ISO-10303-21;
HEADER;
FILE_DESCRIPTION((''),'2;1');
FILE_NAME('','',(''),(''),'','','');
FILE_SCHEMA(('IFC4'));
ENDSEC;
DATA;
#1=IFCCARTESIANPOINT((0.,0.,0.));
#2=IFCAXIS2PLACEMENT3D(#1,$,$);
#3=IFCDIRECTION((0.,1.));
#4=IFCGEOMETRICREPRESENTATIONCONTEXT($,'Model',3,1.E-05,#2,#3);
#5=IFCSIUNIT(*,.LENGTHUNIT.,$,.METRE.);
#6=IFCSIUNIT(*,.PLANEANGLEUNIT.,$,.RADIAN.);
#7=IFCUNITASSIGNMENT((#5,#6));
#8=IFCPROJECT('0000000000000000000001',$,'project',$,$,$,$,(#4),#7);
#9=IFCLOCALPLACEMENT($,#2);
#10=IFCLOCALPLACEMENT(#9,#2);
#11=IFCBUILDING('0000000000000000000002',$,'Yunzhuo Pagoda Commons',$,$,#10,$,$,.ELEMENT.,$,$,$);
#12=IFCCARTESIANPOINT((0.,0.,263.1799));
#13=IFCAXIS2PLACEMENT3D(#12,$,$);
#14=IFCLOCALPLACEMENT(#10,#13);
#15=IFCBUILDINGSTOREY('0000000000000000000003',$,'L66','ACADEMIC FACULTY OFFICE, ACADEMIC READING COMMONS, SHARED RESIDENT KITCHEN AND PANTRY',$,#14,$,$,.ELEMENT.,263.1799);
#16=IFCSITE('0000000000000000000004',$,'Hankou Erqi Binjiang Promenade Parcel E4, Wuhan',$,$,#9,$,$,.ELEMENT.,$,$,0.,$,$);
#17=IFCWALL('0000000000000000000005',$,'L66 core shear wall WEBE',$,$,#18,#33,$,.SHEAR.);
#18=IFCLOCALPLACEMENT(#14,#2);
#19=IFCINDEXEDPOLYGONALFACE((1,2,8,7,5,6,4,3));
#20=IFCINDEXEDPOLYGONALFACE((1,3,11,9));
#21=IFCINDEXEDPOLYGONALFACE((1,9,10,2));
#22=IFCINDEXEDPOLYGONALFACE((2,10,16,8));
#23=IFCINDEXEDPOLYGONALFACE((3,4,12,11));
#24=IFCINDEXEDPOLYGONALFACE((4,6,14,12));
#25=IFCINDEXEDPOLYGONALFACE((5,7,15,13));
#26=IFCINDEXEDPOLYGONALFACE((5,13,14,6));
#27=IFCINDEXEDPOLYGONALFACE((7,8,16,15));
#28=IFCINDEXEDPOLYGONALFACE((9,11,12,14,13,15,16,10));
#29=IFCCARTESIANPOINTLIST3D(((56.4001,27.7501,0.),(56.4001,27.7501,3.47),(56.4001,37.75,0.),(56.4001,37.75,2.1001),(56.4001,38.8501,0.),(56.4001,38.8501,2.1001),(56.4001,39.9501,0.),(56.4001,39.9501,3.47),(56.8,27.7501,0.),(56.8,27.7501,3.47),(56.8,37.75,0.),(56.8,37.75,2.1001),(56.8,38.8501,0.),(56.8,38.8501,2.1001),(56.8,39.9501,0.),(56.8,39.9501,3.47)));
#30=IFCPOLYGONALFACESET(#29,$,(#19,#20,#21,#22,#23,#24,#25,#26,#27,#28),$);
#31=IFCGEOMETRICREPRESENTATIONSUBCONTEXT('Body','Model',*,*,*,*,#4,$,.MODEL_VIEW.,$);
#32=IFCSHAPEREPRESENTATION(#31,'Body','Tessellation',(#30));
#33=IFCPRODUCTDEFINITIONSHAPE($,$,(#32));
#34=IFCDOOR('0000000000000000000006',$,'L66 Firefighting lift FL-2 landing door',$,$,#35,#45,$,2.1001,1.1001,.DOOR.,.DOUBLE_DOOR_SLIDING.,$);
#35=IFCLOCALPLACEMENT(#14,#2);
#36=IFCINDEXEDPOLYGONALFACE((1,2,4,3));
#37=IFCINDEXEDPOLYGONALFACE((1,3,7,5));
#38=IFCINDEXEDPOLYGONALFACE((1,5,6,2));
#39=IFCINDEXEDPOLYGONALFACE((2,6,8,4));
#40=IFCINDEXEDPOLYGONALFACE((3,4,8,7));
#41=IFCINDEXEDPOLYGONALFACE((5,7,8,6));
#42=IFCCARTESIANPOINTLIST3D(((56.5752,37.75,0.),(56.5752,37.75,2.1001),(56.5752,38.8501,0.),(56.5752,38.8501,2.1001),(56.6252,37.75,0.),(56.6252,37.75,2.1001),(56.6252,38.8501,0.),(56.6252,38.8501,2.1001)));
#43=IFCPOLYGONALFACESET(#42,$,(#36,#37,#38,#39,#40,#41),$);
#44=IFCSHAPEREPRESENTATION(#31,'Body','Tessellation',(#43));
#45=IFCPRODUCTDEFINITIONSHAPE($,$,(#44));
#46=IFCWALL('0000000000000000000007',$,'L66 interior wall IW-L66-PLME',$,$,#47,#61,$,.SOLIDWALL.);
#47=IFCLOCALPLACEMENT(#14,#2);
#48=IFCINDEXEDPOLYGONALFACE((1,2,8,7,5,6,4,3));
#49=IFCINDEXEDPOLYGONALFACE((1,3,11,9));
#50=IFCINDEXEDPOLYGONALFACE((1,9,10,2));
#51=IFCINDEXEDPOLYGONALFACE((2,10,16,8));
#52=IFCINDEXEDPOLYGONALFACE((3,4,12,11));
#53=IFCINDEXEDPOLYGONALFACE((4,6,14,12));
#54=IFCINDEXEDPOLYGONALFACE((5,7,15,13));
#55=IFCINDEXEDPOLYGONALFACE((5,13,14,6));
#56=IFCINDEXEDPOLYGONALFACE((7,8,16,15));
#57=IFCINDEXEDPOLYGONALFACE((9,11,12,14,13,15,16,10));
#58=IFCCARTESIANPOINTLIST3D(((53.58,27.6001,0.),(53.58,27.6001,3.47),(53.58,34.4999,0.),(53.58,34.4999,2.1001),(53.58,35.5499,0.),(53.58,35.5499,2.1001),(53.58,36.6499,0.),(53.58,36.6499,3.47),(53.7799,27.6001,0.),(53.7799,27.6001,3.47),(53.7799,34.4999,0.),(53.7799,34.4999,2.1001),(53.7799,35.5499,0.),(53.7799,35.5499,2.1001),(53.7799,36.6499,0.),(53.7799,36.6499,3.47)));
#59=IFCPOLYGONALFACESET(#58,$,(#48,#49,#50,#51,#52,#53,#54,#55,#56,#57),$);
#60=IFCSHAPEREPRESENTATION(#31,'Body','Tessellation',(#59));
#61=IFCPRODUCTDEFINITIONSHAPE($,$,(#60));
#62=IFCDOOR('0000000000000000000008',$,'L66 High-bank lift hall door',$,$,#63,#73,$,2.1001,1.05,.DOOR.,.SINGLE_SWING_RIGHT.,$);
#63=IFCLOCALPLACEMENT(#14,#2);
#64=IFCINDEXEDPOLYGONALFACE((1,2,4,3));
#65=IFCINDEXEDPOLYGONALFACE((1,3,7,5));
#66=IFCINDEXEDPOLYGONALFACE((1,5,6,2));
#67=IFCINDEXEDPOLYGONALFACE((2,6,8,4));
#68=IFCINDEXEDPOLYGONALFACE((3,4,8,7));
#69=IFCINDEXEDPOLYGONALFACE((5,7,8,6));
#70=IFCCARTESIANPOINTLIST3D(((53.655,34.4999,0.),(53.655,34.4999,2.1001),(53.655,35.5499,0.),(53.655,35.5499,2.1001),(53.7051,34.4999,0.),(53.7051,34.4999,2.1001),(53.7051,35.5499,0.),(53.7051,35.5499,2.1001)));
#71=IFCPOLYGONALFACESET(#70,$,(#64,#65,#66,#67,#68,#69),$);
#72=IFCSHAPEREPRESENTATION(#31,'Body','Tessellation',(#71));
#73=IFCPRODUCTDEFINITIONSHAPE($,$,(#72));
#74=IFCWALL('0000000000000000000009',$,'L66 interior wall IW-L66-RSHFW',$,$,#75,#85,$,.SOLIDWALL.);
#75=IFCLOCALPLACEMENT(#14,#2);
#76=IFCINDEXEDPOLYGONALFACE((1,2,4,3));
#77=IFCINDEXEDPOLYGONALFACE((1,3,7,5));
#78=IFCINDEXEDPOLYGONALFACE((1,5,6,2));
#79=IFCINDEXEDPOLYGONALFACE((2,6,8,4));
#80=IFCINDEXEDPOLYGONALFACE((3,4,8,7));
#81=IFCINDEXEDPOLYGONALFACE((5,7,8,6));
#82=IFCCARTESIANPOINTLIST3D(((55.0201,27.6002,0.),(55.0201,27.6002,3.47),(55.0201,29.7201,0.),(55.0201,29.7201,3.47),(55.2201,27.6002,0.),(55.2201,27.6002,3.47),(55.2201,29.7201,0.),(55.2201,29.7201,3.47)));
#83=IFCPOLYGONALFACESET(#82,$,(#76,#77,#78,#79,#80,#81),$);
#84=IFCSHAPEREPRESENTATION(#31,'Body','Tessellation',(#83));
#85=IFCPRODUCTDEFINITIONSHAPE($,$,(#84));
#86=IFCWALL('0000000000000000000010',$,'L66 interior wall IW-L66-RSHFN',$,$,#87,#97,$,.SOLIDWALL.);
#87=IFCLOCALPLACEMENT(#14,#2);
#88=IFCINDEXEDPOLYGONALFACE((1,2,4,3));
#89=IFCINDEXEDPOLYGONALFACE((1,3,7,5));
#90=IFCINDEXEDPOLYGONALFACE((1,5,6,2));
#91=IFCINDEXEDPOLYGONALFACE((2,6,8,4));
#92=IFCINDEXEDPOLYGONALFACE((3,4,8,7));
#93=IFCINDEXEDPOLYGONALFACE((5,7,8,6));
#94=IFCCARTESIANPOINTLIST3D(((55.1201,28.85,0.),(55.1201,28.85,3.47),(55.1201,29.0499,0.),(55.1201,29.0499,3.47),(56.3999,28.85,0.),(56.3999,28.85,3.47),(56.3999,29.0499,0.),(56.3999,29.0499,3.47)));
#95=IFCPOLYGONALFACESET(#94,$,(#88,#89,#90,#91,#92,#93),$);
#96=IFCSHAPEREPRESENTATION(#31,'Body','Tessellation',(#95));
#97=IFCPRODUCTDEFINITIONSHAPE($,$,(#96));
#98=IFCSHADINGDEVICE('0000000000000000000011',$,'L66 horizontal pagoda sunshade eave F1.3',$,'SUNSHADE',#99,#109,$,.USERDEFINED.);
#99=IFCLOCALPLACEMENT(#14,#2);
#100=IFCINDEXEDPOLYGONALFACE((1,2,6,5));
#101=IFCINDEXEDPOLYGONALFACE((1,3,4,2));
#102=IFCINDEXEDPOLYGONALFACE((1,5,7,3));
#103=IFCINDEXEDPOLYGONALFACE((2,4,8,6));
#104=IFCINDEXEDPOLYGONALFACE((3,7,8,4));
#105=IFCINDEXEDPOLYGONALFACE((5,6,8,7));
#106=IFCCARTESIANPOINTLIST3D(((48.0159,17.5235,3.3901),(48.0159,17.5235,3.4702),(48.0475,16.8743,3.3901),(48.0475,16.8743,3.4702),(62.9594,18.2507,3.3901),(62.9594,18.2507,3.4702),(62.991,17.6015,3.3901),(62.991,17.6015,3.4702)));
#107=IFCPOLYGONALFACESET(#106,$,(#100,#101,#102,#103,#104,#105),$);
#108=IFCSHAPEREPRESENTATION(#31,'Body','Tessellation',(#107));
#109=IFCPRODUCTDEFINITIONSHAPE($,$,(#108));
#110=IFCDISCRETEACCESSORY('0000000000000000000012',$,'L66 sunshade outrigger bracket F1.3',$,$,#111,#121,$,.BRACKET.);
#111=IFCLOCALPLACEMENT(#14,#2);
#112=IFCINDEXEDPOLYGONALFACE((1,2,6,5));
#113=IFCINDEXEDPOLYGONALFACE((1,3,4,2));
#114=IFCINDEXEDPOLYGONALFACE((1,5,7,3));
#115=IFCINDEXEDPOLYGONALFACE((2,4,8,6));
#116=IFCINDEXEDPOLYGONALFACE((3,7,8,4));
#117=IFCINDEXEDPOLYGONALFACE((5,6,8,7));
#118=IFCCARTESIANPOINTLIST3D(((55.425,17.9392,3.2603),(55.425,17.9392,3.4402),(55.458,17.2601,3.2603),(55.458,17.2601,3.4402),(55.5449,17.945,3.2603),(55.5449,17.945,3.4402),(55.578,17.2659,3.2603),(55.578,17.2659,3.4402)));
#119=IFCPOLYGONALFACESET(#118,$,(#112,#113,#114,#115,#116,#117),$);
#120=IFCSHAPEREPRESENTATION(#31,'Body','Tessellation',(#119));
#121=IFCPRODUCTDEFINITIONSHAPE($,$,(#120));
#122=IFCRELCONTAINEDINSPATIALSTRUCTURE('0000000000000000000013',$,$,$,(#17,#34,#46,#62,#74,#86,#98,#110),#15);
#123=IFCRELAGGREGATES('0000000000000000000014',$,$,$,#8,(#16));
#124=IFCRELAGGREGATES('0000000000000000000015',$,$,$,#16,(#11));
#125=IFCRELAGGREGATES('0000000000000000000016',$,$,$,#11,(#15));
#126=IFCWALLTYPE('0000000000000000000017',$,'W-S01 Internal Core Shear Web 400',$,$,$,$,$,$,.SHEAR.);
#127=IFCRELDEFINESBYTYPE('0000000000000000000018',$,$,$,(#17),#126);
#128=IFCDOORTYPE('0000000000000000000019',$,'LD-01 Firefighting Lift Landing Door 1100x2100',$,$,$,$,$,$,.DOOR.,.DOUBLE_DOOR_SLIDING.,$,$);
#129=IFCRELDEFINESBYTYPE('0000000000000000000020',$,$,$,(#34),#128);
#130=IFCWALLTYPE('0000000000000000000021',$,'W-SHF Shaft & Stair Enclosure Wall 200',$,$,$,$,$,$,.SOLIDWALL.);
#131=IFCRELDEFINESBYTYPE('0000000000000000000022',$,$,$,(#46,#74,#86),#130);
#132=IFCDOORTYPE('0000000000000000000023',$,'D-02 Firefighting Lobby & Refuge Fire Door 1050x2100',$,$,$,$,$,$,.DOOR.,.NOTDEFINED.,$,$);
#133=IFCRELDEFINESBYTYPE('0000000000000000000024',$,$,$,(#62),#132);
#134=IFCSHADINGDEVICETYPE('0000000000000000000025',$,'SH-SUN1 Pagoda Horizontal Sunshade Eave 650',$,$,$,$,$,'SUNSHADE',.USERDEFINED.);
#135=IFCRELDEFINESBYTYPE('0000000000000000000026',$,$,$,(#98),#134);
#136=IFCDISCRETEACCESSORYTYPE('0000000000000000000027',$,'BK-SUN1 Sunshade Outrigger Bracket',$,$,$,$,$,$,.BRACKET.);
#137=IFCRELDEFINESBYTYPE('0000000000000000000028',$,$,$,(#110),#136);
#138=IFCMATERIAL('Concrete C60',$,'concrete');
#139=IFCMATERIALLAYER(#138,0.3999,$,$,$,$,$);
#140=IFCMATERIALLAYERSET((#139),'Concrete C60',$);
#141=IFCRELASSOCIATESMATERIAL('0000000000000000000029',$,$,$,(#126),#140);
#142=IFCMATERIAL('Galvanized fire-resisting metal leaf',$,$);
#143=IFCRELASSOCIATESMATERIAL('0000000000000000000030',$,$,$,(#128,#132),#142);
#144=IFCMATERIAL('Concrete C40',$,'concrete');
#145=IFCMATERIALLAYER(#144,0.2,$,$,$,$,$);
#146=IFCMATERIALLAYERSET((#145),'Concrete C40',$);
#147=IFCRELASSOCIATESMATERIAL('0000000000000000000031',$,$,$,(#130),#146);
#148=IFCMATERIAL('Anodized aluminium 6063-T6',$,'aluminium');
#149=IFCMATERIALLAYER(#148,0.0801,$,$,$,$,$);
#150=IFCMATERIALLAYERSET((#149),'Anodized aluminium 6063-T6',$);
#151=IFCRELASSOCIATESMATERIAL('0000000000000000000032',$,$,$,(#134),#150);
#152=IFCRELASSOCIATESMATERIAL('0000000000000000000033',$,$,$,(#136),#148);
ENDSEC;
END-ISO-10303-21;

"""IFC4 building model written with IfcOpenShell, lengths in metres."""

from ifc_helpers import new_model, si_unit, direction, frame, frame_2d, origin, origin_with_axes, origin_2d, place, context, subcontext, project, spatial, rectangle, extrude, source, transform, mapped, material, layer, layer_set, type_object, element, fill, save


model = new_model("IFC4")

# Units and contexts
model_context = context("Model", 3, precision=1e-05, world=origin(), true_north=direction((0.0, 1.0)))
body_context = subcontext(model_context, "Body", "Model", "MODEL_VIEW")
ifc_project = project(units=[si_unit("LENGTHUNIT", "METRE"), si_unit("PLANEANGLEUNIT", "RADIAN")], contexts=[model_context])

# Site, building, storey
site_placement = place(None, origin())
site = spatial("IfcSite", under=ifc_project, at=site_placement, Name="Hankou Erqi Binjiang Promenade Parcel E4, Wuhan", CompositionType="ELEMENT", RefElevation=0.0)
building_placement = place(site_placement, origin())
building = spatial("IfcBuilding", under=site, at=building_placement, Name="Yunzhuo Pagoda Commons", CompositionType="ELEMENT")
storey_placement = place(building_placement, frame((0.0, 0.0, 263.1799)))
storey = spatial("IfcBuildingStorey", under=building, at=storey_placement, Name="L66", Description="ACADEMIC FACULTY OFFICE, ACADEMIC READING COMMONS, SHARED RESIDENT KITCHEN AND PANTRY", CompositionType="ELEMENT", Elevation=263.1799)

# Shared definitions
ifc_material_1 = material(Name="Anodized aluminium 6063-T6", Category="aluminium")

# Shared definitions
ifc_material_2 = material(Name="Galvanized fire-resisting metal leaf")

# Walls, openings, doors
ifc_material_3 = material(Name="Concrete C60", Category="concrete")
ifc_layer_1 = layer(ifc_material_3, 0.3999)
ifc_layer_set_1 = layer_set([ifc_layer_1], Name="Concrete C60")
wall_type_1 = type_object("IfcWallType", Name="W-S01 Internal Core Shear Web 400", PredefinedType="SHEAR", material=ifc_layer_set_1)
wall_1_placement = place(storey_placement, frame((56.6001, 27.75, 0.0), z_axis=(0.0, 0.0, 1.0), x_axis=(0.0, 1.0, 0.0)))
wall_1 = element("IfcWall", 1, at=wall_1_placement, inside=storey, type_object=wall_type_1, Name="L66 core shear wall WEBE", PredefinedType="SHEAR", context=body_context, shape_type="SweptSolid", body=[
    extrude(rectangle(XDim=12.2, YDim=0.3999, at=frame_2d((6.1001, 0.0))), origin(), (0.0, 0.0, 1.0), 3.47),
])
opening_1_placement = place(wall_1_placement, frame((10.0, 0.0, 0.0)))
opening_1 = element("IfcOpeningElement", 2, at=opening_1_placement, cuts=wall_1, PredefinedType="OPENING", context=body_context, shape_type="SweptSolid", body=[
    extrude(rectangle(XDim=1.1001, YDim=2.1001, at=frame_2d((0.55, 1.05))), frame((0.0, 0.21, 0.0), z_axis=(0.0, -1.0, 0.0), x_axis=(1.0, 0.0, 0.0)), (0.0, 0.0, 1.0), 0.4199),
])
door_type_1 = type_object("IfcDoorType", Name="LD-01 Firefighting Lift Landing Door 1100x2100", OperationType="DOUBLE_DOOR_SLIDING", PredefinedType="DOOR", material=ifc_material_2)
shared_shape_1 = source(origin(), body_context, "Body", "SweptSolid", [
    extrude(rectangle(XDim=1.1001, YDim=2.1001, at=frame_2d((0.55, 1.05))), frame((0.0, 0.0249, 0.0), z_axis=(0.0, -1.0, 0.0), x_axis=(1.0, 0.0, 0.0)), (0.0, 0.0, 1.0), 0.05),
])
door_1_placement = place(opening_1_placement, origin_with_axes())
door_1 = element("IfcDoor", 3, at=door_1_placement, inside=storey, type_object=door_type_1, Name="L66 Firefighting lift FL-2 landing door", OperationType="DOUBLE_DOOR_SLIDING", OverallHeight=2.1001, OverallWidth=1.1001, PredefinedType="DOOR", context=body_context, shape_type="MappedRepresentation", body=[
    mapped(shared_shape_1, transform((0.0, 0.0, 0.0), scale=1.0)),
])
fill(opening_1, door_1)
ifc_material_4 = material(Name="Concrete C40", Category="concrete")
ifc_layer_2 = layer(ifc_material_4, 0.2)
ifc_layer_set_2 = layer_set([ifc_layer_2], Name="Concrete C40")
wall_type_2 = type_object("IfcWallType", Name="W-SHF Shaft & Stair Enclosure Wall 200", PredefinedType="SOLIDWALL", material=ifc_layer_set_2)
wall_2_placement = place(storey_placement, frame((53.6799, 27.6001, 0.0), z_axis=(0.0, 0.0, 1.0), x_axis=(0.0, 1.0, 0.0)))
wall_2 = element("IfcWall", 4, at=wall_2_placement, inside=storey, type_object=wall_type_2, Name="L66 interior wall IW-L66-PLME", PredefinedType="SOLIDWALL", context=body_context, shape_type="SweptSolid", body=[
    extrude(rectangle(XDim=9.0498, YDim=0.2, at=frame_2d((4.5249, 0.0))), origin(), (0.0, 0.0, 1.0), 3.47),
])
opening_2_placement = place(wall_2_placement, frame((6.8999, 0.0, 0.0)))
opening_2 = element("IfcOpeningElement", 5, at=opening_2_placement, cuts=wall_2, PredefinedType="OPENING", context=body_context, shape_type="SweptSolid", body=[
    extrude(rectangle(XDim=1.05, YDim=2.1001, at=frame_2d((0.5249, 1.05))), frame((0.0, 0.1099, 0.0), z_axis=(0.0, -1.0, 0.0), x_axis=(1.0, 0.0, 0.0)), (0.0, 0.0, 1.0), 0.22),
])
door_type_2 = type_object("IfcDoorType", Name="D-02 Firefighting Lobby & Refuge Fire Door 1050x2100", OperationType="NOTDEFINED", PredefinedType="DOOR", material=ifc_material_2)
shared_shape_2 = source(origin(), body_context, "Body", "SweptSolid", [
    extrude(rectangle(XDim=1.05, YDim=2.1001, at=frame_2d((0.5249, 1.05))), frame((0.0, 0.0249, 0.0), z_axis=(0.0, -1.0, 0.0), x_axis=(1.0, 0.0, 0.0)), (0.0, 0.0, 1.0), 0.05),
])
door_2_placement = place(opening_2_placement, origin_with_axes())
door_2 = element("IfcDoor", 6, at=door_2_placement, inside=storey, type_object=door_type_2, Name="L66 High-bank lift hall door", OperationType="SINGLE_SWING_RIGHT", OverallHeight=2.1001, OverallWidth=1.05, PredefinedType="DOOR", context=body_context, shape_type="MappedRepresentation", body=[
    mapped(shared_shape_2, transform((0.0, 0.0, 0.0), scale=1.0)),
])
fill(opening_2, door_2)

# Walls
wall_3_placement = place(storey_placement, frame((55.1201, 27.6001, 0.0), z_axis=(0.0, 0.0, 1.0), x_axis=(0.0, 1.0, 0.0)))
element("IfcWall", 7, at=wall_3_placement, inside=storey, type_object=wall_type_2, Name="L66 interior wall IW-L66-RSHFW", PredefinedType="SOLIDWALL", context=body_context, shape_type="SweptSolid", body=[
    extrude(rectangle(XDim=2.1199, YDim=0.2, at=frame_2d((1.0601, 0.0))), origin(), (0.0, 0.0, 1.0), 3.47),
])
wall_4_placement = place(storey_placement, frame((55.1201, 28.95, 0.0), z_axis=(0.0, 0.0, 1.0), x_axis=(1.0, 0.0, 0.0)))
element("IfcWall", 8, at=wall_4_placement, inside=storey, type_object=wall_type_2, Name="L66 interior wall IW-L66-RSHFN", PredefinedType="SOLIDWALL", context=body_context, shape_type="SweptSolid", body=[
    extrude(rectangle(XDim=1.2798, YDim=0.2, at=frame_2d((0.6399, 0.0))), origin(), (0.0, 0.0, 1.0), 3.47),
])

# Shading device
ifc_layer_3 = layer(ifc_material_1, 0.0801)
ifc_layer_set_3 = layer_set([ifc_layer_3], Name="Anodized aluminium 6063-T6")
shading_device_type = type_object("IfcShadingDeviceType", Name="SH-SUN1 Pagoda Horizontal Sunshade Eave 650", ElementType="SUNSHADE", PredefinedType="USERDEFINED", material=ifc_layer_set_3)
shared_shape_3 = source(origin(), body_context, "Body", "SweptSolid", [
    extrude(rectangle(XDim=14.9612, YDim=0.6499, at=origin_2d()), origin(), (0.0, 0.0, 1.0), 0.0801),
])
shading_device_placement = place(storey_placement, frame((55.5034, 17.5625, 3.3901), z_axis=(0.0, 0.0, 1.0), x_axis=(0.998818, 0.048606, 0.0)))
element("IfcShadingDevice", 9, at=shading_device_placement, inside=storey, type_object=shading_device_type, Name="L66 horizontal pagoda sunshade eave F1.3", ObjectType="SUNSHADE", PredefinedType="USERDEFINED", context=body_context, shape_type="MappedRepresentation", body=[
    mapped(shared_shape_3, transform((0.0, 0.0, 0.0), scale=1.0)),
])

# Discrete accessory
discrete_accessory_type = type_object("IfcDiscreteAccessoryType", Name="BK-SUN1 Sunshade Outrigger Bracket", PredefinedType="BRACKET", material=ifc_material_1)
shared_shape_4 = source(origin(), body_context, "Body", "SweptSolid", [
    extrude(rectangle(XDim=0.1201, YDim=0.6799, at=origin_2d()), origin(), (0.0, 0.0, 1.0), 0.1799),
])
discrete_accessory_placement = place(storey_placement, frame((55.5015, 17.6025, 3.2603), z_axis=(0.0, 0.0, 1.0), x_axis=(0.998818, 0.048606, 0.0)))
element("IfcDiscreteAccessory", 10, at=discrete_accessory_placement, inside=storey, type_object=discrete_accessory_type, Name="L66 sunshade outrigger bracket F1.3", PredefinedType="BRACKET", context=body_context, shape_type="MappedRepresentation", body=[
    mapped(shared_shape_4, transform((0.0, 0.0, 0.0), scale=1.0)),
])

save(model, "model.ifc")
